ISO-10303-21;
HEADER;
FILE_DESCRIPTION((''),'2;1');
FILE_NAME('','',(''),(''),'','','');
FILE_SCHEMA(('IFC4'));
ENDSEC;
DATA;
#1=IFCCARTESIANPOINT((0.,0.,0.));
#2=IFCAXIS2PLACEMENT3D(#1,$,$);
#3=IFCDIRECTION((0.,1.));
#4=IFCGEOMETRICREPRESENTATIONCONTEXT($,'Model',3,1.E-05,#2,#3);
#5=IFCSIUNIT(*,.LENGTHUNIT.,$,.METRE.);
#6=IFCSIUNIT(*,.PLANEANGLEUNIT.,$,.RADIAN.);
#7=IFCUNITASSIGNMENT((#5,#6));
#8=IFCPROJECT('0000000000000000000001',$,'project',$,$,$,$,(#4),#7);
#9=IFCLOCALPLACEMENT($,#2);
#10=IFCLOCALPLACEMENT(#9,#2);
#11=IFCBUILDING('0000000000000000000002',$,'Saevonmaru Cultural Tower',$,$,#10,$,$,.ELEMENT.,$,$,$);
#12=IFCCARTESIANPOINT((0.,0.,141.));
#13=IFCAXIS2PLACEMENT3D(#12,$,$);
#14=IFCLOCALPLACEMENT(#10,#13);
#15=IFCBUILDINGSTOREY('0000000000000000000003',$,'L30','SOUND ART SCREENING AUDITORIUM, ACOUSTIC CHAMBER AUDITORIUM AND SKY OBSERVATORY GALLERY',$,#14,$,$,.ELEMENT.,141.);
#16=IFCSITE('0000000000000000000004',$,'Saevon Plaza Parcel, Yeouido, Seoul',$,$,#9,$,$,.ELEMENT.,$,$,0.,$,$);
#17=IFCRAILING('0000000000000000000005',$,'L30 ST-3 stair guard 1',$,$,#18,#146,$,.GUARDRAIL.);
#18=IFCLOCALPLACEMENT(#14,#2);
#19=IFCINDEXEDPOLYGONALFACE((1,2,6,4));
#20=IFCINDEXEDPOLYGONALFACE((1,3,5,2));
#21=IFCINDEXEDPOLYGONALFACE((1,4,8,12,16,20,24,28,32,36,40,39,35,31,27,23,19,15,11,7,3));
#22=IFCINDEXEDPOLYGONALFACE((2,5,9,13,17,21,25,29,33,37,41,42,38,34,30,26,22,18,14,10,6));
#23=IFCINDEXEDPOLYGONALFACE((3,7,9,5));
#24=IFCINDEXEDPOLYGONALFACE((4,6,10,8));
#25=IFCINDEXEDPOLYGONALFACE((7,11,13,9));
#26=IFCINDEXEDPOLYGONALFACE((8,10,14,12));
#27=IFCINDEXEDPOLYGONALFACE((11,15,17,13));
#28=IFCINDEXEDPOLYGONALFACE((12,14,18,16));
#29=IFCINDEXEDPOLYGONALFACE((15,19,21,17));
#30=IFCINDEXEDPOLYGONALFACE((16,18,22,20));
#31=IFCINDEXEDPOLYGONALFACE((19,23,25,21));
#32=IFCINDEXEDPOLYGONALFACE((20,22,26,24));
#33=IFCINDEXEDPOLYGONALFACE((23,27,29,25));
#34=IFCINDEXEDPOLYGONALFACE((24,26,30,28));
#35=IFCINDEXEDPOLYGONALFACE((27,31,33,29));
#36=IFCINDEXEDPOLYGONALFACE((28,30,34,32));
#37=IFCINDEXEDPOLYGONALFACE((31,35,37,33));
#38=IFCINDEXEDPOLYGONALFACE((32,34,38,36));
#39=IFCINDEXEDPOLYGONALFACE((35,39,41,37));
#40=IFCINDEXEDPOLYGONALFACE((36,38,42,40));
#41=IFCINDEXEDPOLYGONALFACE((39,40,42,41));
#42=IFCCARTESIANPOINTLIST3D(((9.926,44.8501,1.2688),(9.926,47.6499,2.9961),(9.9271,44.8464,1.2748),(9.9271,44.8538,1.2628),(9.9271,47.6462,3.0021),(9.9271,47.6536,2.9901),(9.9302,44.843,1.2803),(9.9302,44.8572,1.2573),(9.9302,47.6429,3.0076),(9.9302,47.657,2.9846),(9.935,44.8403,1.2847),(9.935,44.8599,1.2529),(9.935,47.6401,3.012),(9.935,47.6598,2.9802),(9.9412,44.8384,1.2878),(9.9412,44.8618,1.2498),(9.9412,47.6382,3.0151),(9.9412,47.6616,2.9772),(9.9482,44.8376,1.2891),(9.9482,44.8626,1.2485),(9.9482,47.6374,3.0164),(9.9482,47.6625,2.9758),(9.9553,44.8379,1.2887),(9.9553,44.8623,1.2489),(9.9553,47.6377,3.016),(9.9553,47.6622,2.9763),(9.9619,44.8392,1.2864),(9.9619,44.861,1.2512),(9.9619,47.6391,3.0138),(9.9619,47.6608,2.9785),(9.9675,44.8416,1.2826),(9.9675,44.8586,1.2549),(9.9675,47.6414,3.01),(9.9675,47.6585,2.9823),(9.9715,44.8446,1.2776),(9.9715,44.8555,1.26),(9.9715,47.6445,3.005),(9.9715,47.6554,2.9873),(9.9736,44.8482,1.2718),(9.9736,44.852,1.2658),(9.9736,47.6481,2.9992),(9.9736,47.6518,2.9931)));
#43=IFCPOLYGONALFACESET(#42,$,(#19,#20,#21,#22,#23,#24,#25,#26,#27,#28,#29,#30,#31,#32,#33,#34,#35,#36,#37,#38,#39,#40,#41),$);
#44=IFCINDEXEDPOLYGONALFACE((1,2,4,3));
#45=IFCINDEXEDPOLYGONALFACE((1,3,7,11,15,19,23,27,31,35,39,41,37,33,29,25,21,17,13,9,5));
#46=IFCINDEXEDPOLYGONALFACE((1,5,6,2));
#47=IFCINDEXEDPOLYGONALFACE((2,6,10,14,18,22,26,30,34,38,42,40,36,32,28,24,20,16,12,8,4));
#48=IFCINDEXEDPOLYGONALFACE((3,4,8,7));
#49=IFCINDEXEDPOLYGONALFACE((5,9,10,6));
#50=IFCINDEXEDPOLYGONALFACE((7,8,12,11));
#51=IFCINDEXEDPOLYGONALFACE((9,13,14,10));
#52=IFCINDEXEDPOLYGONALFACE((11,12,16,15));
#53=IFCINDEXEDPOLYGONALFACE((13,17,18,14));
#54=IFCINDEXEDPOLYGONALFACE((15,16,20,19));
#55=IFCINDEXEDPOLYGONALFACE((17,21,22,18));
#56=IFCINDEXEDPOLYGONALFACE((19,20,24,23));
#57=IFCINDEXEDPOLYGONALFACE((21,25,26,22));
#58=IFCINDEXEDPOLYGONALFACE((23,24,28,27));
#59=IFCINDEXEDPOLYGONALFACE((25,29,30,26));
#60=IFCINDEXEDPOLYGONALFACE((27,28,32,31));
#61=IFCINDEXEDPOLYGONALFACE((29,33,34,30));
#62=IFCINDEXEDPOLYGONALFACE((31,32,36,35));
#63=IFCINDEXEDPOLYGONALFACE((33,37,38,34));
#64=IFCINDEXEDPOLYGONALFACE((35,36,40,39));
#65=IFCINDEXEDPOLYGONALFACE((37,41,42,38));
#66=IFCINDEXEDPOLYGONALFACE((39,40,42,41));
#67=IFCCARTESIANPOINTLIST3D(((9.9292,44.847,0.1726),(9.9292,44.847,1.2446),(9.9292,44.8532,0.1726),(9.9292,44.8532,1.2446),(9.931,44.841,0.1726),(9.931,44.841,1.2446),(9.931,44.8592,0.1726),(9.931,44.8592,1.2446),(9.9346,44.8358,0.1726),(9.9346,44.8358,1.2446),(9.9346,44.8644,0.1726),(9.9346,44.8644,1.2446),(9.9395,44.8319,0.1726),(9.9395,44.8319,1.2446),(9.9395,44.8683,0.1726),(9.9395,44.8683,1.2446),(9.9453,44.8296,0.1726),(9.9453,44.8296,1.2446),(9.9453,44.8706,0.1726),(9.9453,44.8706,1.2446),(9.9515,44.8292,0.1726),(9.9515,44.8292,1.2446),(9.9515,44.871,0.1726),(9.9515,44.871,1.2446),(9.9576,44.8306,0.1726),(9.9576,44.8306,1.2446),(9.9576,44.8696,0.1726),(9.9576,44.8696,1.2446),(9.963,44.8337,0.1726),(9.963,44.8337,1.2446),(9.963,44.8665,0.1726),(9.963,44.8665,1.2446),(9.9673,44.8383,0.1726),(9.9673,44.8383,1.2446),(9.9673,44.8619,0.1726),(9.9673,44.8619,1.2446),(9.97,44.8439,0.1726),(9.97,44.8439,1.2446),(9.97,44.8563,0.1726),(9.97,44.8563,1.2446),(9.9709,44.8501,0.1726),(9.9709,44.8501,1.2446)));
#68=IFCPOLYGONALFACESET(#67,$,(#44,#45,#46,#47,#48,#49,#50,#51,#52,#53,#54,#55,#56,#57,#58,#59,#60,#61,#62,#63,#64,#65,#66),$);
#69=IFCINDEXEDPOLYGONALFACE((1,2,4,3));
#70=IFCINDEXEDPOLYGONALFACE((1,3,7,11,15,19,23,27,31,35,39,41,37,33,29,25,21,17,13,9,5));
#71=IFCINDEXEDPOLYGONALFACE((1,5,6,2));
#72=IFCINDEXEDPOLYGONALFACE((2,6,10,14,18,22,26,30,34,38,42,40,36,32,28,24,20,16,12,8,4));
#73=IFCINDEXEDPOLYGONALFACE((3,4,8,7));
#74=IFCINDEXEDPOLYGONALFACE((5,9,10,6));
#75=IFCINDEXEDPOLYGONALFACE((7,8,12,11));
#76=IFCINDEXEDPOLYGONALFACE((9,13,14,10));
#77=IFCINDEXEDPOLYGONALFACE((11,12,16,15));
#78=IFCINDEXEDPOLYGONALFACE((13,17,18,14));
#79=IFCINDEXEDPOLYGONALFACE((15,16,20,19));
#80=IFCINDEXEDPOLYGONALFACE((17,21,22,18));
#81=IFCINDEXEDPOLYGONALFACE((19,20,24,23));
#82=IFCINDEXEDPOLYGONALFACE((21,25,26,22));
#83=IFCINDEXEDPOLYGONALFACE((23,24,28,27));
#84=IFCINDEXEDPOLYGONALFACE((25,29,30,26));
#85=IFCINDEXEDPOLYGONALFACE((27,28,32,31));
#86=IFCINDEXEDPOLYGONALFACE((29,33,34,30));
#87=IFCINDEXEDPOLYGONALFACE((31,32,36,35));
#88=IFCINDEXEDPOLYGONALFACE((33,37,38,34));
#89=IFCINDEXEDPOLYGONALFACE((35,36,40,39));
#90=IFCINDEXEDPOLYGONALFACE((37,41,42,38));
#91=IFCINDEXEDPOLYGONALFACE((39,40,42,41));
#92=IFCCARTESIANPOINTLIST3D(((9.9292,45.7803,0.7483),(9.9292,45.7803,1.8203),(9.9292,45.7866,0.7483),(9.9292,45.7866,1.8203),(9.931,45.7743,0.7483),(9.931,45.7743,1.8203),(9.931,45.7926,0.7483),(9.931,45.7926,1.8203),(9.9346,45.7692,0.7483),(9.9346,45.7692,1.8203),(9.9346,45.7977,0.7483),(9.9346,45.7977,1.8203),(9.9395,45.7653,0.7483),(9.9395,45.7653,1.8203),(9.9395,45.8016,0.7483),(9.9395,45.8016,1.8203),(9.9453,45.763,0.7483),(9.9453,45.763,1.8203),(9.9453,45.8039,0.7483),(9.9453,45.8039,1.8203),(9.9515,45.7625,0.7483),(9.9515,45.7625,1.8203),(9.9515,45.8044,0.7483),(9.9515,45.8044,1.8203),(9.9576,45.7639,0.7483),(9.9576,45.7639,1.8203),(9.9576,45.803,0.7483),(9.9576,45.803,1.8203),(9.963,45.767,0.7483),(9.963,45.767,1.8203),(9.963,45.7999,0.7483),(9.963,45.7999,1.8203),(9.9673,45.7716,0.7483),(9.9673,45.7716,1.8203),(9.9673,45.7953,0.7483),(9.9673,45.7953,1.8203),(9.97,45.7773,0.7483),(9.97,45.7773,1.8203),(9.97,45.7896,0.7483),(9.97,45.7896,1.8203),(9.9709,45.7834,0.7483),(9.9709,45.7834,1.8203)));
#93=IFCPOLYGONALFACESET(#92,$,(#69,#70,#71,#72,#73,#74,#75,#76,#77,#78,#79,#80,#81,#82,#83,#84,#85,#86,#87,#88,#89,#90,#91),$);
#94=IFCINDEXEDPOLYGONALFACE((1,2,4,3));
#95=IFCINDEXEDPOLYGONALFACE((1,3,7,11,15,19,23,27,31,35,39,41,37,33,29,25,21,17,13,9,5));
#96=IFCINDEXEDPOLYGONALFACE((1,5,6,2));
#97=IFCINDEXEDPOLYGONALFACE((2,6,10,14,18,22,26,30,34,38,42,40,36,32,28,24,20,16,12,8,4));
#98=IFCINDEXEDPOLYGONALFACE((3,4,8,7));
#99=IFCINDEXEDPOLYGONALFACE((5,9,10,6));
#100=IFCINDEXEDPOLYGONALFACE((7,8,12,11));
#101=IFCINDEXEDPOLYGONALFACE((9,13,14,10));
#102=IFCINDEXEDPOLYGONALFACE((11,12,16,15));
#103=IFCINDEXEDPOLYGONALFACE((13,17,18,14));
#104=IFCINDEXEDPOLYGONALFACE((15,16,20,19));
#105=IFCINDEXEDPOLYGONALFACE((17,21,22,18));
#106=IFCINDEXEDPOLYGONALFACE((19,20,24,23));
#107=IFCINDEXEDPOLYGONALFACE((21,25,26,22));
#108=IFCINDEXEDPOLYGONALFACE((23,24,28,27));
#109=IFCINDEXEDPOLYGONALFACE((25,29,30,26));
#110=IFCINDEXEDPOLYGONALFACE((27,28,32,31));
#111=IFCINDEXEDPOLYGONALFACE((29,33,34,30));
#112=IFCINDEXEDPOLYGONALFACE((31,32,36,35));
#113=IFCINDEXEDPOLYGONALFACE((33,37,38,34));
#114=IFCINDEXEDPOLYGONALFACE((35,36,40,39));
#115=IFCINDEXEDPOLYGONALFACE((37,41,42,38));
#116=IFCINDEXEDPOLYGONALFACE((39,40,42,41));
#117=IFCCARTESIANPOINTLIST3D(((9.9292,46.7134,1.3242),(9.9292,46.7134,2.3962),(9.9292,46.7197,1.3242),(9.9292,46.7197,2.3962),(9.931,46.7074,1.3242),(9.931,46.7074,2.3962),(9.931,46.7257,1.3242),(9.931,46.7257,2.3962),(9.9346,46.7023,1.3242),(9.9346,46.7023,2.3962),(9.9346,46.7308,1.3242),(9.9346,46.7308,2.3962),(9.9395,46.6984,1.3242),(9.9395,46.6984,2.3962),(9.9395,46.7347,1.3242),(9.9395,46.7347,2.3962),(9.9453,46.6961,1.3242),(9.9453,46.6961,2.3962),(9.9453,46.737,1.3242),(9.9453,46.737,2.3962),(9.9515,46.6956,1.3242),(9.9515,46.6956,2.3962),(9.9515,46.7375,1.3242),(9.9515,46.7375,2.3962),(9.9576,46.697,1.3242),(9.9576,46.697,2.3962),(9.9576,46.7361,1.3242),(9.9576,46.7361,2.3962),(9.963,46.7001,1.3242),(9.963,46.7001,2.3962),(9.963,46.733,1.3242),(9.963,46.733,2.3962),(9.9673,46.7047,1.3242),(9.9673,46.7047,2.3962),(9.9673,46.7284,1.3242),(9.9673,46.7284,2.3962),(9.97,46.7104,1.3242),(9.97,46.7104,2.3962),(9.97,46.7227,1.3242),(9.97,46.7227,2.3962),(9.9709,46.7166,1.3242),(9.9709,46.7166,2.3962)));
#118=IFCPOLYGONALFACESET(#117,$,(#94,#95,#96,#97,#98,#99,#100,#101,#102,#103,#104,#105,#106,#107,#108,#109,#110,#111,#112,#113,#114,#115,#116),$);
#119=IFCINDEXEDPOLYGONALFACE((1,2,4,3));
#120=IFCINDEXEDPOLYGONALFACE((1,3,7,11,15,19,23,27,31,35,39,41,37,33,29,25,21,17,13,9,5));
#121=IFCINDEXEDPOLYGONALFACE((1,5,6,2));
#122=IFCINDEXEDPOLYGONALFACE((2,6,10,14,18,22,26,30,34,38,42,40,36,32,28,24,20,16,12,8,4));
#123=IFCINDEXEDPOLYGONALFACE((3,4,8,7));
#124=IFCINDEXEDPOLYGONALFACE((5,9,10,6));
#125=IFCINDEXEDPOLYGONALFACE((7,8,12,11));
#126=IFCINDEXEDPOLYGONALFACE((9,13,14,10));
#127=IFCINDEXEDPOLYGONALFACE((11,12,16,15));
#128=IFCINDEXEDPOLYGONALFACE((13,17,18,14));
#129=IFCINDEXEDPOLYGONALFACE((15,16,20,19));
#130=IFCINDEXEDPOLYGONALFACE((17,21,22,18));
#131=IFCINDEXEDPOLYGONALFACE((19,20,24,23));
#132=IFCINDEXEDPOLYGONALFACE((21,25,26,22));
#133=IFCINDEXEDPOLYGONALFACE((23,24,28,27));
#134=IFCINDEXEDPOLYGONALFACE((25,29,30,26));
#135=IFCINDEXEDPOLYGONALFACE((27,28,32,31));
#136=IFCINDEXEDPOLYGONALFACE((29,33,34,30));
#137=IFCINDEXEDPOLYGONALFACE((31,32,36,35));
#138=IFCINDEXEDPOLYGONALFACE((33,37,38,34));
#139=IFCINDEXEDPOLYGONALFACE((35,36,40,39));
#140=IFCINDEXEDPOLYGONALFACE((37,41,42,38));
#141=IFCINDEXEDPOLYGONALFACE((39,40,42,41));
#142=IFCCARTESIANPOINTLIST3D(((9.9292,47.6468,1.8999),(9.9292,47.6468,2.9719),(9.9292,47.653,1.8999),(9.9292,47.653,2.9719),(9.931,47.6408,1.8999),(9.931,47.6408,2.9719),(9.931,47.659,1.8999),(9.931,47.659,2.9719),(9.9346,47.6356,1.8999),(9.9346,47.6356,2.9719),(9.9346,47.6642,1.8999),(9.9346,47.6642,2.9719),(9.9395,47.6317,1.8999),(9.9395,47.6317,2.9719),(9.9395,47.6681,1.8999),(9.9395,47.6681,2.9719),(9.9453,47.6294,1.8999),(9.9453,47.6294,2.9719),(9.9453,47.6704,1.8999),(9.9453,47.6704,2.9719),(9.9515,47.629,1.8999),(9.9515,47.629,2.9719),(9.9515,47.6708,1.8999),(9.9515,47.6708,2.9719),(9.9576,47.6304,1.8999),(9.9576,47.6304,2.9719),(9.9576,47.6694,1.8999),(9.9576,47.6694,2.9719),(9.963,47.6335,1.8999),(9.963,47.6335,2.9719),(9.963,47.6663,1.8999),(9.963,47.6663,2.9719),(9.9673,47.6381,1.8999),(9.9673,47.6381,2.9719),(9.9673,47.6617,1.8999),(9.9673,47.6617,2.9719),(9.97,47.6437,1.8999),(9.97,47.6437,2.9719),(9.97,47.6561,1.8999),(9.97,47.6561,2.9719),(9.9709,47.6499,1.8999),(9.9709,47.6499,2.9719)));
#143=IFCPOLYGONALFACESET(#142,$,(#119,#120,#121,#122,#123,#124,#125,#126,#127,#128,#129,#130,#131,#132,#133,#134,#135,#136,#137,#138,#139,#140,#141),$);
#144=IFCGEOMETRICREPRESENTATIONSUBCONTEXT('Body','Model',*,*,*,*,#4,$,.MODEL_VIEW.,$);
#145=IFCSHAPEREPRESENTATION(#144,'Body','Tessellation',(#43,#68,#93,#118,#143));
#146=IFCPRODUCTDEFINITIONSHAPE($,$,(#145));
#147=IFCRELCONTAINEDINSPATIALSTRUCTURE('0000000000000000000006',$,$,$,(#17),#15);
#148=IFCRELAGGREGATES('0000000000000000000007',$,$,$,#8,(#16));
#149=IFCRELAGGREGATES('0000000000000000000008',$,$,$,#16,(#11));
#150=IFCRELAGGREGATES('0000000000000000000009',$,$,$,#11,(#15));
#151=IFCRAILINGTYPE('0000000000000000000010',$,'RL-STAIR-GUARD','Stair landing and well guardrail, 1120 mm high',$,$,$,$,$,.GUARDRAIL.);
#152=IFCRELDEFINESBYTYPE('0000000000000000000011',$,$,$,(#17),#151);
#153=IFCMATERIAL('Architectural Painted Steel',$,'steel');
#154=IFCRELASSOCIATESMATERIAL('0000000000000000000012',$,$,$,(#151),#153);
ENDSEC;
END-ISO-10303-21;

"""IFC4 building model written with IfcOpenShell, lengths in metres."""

from ifc_helpers import new_model, si_unit, direction, frame, origin, origin_2d, place, context, subcontext, project, spatial, circle, extrude, material, type_object, element, save


model = new_model("IFC4")

# Units and contexts
model_context = context("Model", 3, precision=1e-05, world=origin(), true_north=direction((0.0, 1.0)))
body_context = subcontext(model_context, "Body", "Model", "MODEL_VIEW")
ifc_project = project(units=[si_unit("LENGTHUNIT", "METRE"), si_unit("PLANEANGLEUNIT", "RADIAN")], contexts=[model_context])

# Site, building, storey
site_placement = place(None, origin())
site = spatial("IfcSite", under=ifc_project, at=site_placement, Name="Saevon Plaza Parcel, Yeouido, Seoul", CompositionType="ELEMENT", RefElevation=0.0)
building_placement = place(site_placement, origin())
building = spatial("IfcBuilding", under=site, at=building_placement, Name="Saevonmaru Cultural Tower", CompositionType="ELEMENT")
storey_placement = place(building_placement, frame((0.0, 0.0, 141.0)))
storey = spatial("IfcBuildingStorey", under=building, at=storey_placement, Name="L30", Description="SOUND ART SCREENING AUDITORIUM, ACOUSTIC CHAMBER AUDITORIUM AND SKY OBSERVATORY GALLERY", CompositionType="ELEMENT", Elevation=141.0)

# Railing
ifc_material_1 = material(Name="Architectural Painted Steel", Category="steel")
railing_type_1 = type_object("IfcRailingType", Name="RL-STAIR-GUARD", Description="Stair landing and well guardrail, 1120 mm high", PredefinedType="GUARDRAIL", material=ifc_material_1)
railing_1_placement = place(storey_placement, frame((9.95, 44.8501, 0.1726)))
element("IfcRailing", 1, at=railing_1_placement, inside=storey, type_object=railing_type_1, Name="L30 ST-3 stair guard 1", PredefinedType="GUARDRAIL", context=body_context, shape_type="SweptSolid", body=[
    extrude(circle(Radius=0.0239, at=origin_2d()), frame((0.0, 0.0, 1.0962), z_axis=(0.0, 0.851069, 0.525054), x_axis=(-1.0, 0.0, 0.0)), (0.0, 0.0, 1.0), 3.2898),
    extrude(circle(Radius=0.021, at=origin_2d()), origin(), (0.0, 0.0, 1.0), 1.072),
    extrude(circle(Radius=0.021, at=origin_2d()), frame((0.0, 0.9333, 0.5757)), (0.0, 0.0, 1.0), 1.072),
    extrude(circle(Radius=0.021, at=origin_2d()), frame((0.0, 1.8665, 1.1516)), (0.0, 0.0, 1.0), 1.072),
    extrude(circle(Radius=0.021, at=origin_2d()), frame((0.0, 2.7998, 1.7273)), (0.0, 0.0, 1.0), 1.072),
])

save(model, "model.ifc")
